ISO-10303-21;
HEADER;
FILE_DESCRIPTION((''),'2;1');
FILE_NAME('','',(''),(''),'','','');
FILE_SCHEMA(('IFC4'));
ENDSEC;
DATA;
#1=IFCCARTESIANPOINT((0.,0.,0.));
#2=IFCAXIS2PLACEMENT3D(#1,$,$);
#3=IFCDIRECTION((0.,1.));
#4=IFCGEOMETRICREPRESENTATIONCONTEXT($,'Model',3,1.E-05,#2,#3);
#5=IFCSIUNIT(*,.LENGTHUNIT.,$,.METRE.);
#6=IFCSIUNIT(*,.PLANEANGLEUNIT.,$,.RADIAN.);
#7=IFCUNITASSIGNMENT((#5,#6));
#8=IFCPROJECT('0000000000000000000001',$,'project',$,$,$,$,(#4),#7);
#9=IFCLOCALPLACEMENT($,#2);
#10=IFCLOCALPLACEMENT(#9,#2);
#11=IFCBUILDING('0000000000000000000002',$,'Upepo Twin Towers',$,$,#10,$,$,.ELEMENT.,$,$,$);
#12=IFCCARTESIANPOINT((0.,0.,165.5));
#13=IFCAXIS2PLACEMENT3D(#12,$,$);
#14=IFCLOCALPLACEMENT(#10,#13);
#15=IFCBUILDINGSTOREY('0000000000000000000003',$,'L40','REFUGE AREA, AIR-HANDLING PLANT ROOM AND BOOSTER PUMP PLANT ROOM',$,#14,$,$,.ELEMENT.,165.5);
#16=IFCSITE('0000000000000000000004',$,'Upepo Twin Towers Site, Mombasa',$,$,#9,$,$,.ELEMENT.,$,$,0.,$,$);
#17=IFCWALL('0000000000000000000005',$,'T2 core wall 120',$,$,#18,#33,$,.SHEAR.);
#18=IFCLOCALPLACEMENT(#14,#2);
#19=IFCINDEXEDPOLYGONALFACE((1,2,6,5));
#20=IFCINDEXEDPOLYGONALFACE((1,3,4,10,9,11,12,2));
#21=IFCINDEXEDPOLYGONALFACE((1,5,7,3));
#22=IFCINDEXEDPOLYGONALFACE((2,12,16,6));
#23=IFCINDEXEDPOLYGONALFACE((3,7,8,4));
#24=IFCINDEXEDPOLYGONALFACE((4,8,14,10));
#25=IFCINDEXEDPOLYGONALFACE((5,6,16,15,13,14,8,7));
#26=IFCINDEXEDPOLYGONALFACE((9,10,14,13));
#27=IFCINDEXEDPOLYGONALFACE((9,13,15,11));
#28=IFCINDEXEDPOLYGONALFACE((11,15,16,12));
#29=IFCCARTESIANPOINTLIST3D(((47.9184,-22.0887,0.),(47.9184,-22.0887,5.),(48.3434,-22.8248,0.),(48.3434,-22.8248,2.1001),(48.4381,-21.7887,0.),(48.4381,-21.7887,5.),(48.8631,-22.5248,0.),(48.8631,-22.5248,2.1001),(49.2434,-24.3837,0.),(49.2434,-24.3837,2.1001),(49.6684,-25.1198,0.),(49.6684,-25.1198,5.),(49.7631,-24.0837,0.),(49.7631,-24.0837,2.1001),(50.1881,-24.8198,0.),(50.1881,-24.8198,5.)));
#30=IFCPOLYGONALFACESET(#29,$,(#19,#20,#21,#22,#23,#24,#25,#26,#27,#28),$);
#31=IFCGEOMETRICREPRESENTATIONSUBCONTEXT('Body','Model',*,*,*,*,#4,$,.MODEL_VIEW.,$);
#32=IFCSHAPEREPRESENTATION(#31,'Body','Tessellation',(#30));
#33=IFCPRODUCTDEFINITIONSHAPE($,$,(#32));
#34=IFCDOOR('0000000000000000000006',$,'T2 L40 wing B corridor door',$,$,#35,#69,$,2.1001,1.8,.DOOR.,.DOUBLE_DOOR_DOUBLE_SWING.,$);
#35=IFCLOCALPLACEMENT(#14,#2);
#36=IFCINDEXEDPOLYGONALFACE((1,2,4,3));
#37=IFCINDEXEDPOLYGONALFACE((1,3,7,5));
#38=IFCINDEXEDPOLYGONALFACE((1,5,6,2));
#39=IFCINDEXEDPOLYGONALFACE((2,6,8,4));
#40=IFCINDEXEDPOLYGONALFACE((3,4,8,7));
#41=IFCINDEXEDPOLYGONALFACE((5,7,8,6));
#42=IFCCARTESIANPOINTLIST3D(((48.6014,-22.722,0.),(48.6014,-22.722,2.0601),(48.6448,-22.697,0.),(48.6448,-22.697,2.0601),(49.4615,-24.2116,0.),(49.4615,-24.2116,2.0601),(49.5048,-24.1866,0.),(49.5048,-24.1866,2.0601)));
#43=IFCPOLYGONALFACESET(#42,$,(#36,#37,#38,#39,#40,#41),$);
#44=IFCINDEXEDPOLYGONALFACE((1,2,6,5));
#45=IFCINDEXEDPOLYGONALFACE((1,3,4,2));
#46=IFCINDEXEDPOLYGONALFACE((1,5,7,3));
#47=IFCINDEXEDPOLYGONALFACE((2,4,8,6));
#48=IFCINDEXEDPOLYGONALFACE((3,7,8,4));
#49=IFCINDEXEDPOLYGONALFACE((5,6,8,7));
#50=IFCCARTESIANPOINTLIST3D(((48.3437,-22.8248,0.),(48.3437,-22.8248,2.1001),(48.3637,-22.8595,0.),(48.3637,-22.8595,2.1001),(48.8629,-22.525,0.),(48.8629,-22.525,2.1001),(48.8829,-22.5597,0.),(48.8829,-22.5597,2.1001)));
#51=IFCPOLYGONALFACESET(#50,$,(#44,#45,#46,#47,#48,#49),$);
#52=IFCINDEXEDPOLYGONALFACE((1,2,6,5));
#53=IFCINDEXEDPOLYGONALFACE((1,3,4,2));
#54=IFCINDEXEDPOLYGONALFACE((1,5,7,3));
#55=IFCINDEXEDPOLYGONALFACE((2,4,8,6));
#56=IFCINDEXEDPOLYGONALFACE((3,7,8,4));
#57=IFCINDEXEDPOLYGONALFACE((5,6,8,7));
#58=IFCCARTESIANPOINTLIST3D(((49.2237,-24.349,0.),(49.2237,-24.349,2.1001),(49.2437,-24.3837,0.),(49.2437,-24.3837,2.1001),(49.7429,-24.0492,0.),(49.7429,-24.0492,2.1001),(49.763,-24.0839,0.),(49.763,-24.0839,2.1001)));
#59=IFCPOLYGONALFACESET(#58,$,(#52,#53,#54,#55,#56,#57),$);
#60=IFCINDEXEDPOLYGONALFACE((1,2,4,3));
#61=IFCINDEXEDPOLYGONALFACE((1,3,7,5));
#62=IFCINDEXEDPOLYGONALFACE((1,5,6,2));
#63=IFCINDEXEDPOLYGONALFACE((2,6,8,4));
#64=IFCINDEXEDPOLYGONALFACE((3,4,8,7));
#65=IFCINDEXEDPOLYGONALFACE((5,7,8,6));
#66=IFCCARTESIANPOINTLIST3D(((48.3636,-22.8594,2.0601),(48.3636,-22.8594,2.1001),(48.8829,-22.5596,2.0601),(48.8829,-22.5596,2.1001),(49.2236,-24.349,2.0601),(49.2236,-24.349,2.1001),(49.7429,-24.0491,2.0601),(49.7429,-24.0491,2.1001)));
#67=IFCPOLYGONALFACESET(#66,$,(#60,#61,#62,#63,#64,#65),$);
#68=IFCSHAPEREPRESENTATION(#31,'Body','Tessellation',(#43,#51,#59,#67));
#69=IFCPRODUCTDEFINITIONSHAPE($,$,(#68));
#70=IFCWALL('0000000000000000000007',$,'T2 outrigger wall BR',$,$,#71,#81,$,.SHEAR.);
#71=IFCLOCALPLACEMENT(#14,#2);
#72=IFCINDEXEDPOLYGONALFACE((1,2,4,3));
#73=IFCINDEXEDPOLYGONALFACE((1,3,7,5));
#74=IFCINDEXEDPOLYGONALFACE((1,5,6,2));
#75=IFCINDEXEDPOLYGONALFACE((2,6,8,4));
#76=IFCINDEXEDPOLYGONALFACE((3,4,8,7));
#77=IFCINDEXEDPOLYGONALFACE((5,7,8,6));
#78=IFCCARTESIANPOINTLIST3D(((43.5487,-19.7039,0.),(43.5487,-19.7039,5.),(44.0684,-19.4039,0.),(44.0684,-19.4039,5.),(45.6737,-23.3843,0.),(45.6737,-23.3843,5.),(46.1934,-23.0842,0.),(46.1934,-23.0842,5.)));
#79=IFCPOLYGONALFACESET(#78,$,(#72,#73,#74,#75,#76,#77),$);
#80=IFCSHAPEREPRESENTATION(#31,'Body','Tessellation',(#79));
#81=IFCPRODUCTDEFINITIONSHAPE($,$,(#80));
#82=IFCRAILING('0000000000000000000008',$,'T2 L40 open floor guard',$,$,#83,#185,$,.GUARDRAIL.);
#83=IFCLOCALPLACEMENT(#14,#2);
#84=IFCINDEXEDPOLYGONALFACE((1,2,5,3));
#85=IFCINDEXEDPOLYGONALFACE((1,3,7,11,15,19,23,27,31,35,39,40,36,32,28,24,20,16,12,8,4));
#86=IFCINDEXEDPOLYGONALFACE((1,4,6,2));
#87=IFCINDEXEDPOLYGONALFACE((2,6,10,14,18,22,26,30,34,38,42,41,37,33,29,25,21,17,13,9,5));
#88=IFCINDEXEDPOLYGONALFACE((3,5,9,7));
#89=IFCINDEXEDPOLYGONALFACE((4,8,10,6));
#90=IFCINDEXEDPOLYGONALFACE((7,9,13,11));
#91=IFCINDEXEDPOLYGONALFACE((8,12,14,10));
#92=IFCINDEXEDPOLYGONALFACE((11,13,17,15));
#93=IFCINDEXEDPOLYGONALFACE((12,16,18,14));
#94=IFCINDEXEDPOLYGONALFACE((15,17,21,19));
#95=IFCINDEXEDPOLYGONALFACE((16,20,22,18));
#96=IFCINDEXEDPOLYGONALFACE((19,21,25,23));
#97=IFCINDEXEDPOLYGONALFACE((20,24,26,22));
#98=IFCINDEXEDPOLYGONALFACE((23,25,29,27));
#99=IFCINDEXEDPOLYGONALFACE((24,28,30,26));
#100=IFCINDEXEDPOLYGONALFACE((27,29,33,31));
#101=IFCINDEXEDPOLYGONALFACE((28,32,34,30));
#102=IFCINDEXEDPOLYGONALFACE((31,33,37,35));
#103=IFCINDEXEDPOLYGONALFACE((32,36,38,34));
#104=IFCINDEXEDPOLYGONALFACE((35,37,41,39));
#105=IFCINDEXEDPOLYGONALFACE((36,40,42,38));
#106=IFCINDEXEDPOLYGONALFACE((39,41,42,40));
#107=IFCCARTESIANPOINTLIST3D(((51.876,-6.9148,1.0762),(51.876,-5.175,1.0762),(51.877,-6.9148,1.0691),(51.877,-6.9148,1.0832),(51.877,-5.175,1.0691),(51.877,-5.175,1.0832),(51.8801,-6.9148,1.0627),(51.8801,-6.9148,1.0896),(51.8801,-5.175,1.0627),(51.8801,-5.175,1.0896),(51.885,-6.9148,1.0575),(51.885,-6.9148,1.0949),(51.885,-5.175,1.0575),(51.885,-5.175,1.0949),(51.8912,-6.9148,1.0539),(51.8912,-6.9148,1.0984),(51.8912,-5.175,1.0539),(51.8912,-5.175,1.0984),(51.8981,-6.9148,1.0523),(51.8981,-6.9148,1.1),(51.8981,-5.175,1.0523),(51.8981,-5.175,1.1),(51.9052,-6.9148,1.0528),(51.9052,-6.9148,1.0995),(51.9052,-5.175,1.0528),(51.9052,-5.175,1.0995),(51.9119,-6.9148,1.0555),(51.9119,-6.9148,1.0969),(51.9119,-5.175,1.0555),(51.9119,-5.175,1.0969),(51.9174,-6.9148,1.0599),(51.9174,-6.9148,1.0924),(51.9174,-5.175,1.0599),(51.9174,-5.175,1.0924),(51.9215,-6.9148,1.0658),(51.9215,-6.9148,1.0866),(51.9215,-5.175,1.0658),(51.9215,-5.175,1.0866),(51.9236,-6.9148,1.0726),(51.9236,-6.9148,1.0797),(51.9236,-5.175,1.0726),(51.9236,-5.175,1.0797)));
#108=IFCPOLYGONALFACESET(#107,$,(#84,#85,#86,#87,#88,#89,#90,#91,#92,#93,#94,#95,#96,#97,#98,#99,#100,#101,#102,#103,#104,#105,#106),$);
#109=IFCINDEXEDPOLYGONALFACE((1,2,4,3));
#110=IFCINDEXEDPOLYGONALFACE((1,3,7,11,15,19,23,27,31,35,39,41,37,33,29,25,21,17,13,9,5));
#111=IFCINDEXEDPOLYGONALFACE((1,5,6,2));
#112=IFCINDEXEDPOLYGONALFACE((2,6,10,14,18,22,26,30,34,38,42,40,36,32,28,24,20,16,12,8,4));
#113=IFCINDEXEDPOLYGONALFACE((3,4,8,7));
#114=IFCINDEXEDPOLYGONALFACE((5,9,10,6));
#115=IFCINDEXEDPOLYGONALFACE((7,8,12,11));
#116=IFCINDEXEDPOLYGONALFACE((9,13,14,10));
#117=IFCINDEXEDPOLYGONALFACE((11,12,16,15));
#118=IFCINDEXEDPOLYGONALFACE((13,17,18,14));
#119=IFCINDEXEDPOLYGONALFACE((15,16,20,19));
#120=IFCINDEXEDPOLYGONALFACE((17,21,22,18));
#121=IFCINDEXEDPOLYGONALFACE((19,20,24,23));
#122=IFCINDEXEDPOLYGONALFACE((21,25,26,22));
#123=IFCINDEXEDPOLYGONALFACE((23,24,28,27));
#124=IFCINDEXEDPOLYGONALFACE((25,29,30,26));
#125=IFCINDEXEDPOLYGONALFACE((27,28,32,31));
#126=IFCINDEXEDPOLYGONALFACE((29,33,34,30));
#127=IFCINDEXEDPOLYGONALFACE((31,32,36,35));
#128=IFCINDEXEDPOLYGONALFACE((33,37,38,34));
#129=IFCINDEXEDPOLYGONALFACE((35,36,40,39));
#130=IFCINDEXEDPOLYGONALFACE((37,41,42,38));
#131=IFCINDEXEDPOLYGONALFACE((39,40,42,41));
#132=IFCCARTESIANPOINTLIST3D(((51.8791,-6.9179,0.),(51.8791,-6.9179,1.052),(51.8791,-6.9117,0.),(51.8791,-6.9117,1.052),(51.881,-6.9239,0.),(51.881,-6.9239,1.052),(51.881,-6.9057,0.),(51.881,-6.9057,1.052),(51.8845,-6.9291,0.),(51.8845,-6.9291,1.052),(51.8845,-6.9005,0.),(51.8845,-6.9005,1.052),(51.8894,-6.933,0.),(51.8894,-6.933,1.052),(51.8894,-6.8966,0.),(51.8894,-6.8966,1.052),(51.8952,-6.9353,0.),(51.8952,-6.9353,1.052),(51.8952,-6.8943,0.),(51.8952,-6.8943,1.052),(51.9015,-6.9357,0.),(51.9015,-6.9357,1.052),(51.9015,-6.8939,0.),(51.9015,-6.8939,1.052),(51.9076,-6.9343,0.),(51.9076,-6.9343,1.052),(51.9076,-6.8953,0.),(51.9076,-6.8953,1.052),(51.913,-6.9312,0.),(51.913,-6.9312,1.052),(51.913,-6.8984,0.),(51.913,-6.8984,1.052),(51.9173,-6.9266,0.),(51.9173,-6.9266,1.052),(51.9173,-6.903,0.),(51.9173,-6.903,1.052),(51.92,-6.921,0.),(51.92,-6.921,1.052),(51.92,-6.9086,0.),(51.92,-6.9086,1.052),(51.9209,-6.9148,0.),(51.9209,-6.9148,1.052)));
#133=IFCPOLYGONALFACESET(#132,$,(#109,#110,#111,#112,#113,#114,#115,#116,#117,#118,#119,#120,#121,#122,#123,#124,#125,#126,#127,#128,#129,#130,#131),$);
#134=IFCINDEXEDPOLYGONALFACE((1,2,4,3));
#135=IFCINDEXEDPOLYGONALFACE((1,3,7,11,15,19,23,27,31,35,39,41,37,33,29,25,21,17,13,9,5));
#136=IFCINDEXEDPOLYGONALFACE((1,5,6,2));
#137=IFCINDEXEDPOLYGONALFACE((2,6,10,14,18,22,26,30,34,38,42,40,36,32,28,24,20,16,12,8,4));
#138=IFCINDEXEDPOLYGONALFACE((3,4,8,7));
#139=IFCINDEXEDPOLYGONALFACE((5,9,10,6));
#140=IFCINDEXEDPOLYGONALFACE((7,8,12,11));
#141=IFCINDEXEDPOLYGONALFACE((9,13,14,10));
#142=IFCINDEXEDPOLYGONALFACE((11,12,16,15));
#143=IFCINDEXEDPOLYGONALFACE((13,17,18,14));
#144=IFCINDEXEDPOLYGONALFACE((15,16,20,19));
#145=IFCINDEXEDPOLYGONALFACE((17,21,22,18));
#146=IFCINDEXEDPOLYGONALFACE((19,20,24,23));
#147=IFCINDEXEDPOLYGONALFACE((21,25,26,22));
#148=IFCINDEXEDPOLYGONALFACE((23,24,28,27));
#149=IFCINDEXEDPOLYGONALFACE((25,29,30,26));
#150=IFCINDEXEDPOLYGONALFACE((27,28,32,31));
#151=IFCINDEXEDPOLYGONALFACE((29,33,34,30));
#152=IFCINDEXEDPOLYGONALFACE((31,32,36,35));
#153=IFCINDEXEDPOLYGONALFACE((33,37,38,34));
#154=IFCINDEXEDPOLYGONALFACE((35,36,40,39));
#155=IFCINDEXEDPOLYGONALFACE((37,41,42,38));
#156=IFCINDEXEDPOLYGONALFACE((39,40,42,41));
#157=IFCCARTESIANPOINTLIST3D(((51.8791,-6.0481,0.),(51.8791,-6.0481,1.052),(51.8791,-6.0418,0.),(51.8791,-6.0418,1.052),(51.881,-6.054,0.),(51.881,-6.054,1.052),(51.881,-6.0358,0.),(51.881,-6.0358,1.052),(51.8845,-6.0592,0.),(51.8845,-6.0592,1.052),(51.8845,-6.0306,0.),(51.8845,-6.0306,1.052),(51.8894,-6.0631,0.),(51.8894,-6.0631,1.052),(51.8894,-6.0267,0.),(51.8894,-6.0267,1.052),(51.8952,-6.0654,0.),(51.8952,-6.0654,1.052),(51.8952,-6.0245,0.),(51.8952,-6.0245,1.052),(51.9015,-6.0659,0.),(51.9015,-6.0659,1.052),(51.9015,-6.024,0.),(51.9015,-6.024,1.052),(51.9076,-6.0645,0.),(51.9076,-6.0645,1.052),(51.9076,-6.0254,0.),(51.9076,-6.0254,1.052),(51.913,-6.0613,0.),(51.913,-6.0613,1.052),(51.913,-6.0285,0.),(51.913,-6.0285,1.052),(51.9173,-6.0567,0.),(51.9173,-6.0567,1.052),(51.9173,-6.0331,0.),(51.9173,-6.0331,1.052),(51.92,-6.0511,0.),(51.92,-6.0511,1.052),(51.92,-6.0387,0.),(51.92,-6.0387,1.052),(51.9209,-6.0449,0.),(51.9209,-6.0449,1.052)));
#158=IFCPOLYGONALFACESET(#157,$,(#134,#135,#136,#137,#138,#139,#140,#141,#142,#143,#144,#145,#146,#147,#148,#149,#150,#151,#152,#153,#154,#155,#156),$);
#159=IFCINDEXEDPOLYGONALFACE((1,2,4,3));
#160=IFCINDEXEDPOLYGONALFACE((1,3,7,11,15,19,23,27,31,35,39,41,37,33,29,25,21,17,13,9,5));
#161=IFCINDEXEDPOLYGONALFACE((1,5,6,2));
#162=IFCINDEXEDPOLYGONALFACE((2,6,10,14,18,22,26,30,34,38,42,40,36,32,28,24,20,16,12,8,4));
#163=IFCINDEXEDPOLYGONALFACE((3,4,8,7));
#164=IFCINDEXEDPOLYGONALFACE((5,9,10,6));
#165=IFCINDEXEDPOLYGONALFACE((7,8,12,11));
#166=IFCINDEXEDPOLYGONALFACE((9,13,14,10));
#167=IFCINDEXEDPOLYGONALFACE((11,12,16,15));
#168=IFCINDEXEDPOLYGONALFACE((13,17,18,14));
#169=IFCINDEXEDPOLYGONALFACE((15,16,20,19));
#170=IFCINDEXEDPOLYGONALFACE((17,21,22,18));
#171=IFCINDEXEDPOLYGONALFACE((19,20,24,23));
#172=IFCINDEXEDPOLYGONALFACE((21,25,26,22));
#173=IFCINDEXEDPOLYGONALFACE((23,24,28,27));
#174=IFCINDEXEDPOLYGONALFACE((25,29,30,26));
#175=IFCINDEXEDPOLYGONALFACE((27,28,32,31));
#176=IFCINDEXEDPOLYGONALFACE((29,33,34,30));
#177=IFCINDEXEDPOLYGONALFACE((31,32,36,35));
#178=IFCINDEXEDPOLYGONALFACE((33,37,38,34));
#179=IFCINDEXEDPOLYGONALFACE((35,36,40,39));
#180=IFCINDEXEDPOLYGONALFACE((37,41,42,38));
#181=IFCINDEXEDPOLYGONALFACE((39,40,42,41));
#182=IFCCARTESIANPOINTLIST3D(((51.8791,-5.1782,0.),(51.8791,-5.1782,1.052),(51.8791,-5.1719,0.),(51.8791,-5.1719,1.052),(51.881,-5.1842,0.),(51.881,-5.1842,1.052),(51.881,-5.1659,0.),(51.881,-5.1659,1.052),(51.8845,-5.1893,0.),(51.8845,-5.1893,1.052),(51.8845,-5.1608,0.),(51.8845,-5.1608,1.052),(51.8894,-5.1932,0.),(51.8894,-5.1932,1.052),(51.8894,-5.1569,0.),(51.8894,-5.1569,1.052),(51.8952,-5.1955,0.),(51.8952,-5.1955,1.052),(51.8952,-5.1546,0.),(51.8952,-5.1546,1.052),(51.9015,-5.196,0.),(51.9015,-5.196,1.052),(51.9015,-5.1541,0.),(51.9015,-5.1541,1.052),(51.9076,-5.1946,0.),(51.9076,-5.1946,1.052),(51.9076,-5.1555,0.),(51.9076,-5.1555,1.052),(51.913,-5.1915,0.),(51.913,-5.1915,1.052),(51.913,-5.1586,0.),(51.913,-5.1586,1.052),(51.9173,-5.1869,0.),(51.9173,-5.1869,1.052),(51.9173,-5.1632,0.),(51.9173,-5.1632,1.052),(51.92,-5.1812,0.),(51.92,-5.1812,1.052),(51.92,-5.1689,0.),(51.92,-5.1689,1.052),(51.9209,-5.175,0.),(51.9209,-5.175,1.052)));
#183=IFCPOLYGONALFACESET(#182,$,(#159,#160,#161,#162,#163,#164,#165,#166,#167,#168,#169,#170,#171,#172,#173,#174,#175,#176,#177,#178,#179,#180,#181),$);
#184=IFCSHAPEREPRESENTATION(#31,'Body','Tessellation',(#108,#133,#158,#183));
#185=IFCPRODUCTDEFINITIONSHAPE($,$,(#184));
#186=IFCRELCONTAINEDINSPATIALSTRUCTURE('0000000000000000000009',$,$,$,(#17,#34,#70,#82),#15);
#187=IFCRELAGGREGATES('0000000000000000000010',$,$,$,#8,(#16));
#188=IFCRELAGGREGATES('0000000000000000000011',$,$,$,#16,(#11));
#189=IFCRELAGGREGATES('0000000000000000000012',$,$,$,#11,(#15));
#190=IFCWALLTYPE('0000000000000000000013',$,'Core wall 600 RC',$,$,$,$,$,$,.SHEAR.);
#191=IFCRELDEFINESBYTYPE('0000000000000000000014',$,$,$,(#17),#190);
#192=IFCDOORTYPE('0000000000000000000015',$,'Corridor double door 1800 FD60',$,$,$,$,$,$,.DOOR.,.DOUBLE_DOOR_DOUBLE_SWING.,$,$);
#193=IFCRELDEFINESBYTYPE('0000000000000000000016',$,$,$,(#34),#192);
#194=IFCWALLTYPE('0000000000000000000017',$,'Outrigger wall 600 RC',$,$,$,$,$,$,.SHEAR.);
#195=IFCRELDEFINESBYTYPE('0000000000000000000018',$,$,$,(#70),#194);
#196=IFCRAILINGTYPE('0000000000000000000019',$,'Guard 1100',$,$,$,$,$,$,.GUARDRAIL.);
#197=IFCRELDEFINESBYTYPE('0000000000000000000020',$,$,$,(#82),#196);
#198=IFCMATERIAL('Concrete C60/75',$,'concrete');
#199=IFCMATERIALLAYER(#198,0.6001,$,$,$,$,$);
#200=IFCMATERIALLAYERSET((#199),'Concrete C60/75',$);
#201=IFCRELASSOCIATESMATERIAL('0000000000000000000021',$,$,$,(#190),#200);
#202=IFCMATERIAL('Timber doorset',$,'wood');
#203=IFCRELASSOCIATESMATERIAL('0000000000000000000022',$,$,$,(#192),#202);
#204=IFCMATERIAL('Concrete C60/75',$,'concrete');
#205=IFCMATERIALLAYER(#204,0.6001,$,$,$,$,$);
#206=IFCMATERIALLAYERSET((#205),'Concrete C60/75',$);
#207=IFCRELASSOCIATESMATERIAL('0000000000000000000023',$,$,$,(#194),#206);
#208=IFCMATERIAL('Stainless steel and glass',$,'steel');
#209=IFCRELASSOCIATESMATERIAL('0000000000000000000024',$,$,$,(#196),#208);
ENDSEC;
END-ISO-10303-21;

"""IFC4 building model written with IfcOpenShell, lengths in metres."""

from ifc_helpers import new_model, si_unit, direction, frame, frame_2d, origin, origin_2d, place, context, subcontext, project, spatial, rectangle, circle, extrude, material, layer, layer_set, type_object, element, fill, save


model = new_model("IFC4")

# Units and contexts
model_context = context("Model", 3, precision=1e-05, world=origin(), true_north=direction((0.0, 1.0)))
body_context = subcontext(model_context, "Body", "Model", "MODEL_VIEW")
ifc_project = project(units=[si_unit("LENGTHUNIT", "METRE"), si_unit("PLANEANGLEUNIT", "RADIAN")], contexts=[model_context])

# Site, building, storey
site_placement = place(None, origin())
site = spatial("IfcSite", under=ifc_project, at=site_placement, Name="Upepo Twin Towers Site, Mombasa", CompositionType="ELEMENT", RefElevation=0.0)
building_placement = place(site_placement, origin())
building = spatial("IfcBuilding", under=site, at=building_placement, Name="Upepo Twin Towers", CompositionType="ELEMENT")
storey_placement = place(building_placement, frame((0.0, 0.0, 165.5)))
storey = spatial("IfcBuildingStorey", under=building, at=storey_placement, Name="L40", Description="REFUGE AREA, AIR-HANDLING PLANT ROOM AND BOOSTER PUMP PLANT ROOM", CompositionType="ELEMENT", Elevation=165.5)

# Shared definitions
ifc_material_1 = material(Name="Concrete C60/75", Category="concrete")
ifc_layer_1 = layer(ifc_material_1, 0.6001)
ifc_layer_set_1 = layer_set([ifc_layer_1], Name="Concrete C60/75")
wall_type_1 = type_object("IfcWallType", Name="Core wall 600 RC", PredefinedType="SHEAR", material=ifc_layer_set_1)

# Wall, opening, door
wall_1_placement = place(storey_placement, frame((48.1782, -21.9387, 0.0), z_axis=(0.0, 0.0, 1.0), x_axis=(0.50001, -0.866019, 0.0)))
wall_1 = element("IfcWall", 1, at=wall_1_placement, inside=storey, type_object=wall_type_1, Name="T2 core wall 120", PredefinedType="SHEAR", context=body_context, shape_type="SweptSolid", body=[
    extrude(rectangle(XDim=3.5, YDim=0.6001, at=frame_2d((1.75, 0.0))), origin(), (0.0, 0.0, 1.0), 5.0),
])
opening_1_placement = place(wall_1_placement, frame((0.8501, 0.0, 0.0)))
opening_1 = element("IfcOpeningElement", 2, at=opening_1_placement, cuts=wall_1, PredefinedType="OPENING", context=body_context, shape_type="SweptSolid", body=[
    extrude(rectangle(XDim=1.8, YDim=2.1001, at=frame_2d((0.8999, 1.05))), frame((0.0, 0.3101, 0.0), z_axis=(0.0, -1.0, 0.0), x_axis=(1.0, 0.0, 0.0)), (0.0, 0.0, 1.0), 0.6201),
])
ifc_material_2 = material(Name="Timber doorset", Category="wood")
door_type_1 = type_object("IfcDoorType", Name="Corridor double door 1800 FD60", OperationType="DOUBLE_DOOR_DOUBLE_SWING", PredefinedType="DOOR", material=ifc_material_2)
door_1_placement = place(opening_1_placement, origin())
door_1 = element("IfcDoor", 3, at=door_1_placement, inside=storey, type_object=door_type_1, Name="T2 L40 wing B corridor door", OperationType="DOUBLE_DOOR_DOUBLE_SWING", OverallHeight=2.1001, OverallWidth=1.8, PredefinedType="DOOR", context=body_context, shape_type="SweptSolid", body=[
    extrude(rectangle(XDim=1.72, YDim=2.0601, at=frame_2d((0.8999, 1.03))), frame((0.0, 0.0249, 0.0), z_axis=(0.0, -1.0, 0.0), x_axis=(1.0, 0.0, 0.0)), (0.0, 0.0, 1.0), 0.05),
    extrude(rectangle(XDim=0.04, YDim=2.1001, at=frame_2d((0.02, 1.05))), frame((0.0, 0.2998, 0.0), z_axis=(0.0, -1.0, 0.0), x_axis=(1.0, 0.0, 0.0)), (0.0, 0.0, 1.0), 0.5996),
    extrude(rectangle(XDim=0.04, YDim=2.1001, at=frame_2d((1.78, 1.05))), frame((0.0, 0.2998, 0.0), z_axis=(0.0, -1.0, 0.0), x_axis=(1.0, 0.0, 0.0)), (0.0, 0.0, 1.0), 0.5996),
    extrude(rectangle(XDim=1.72, YDim=0.04, at=frame_2d((0.8999, 2.0801))), frame((0.0, 0.2998, 0.0), z_axis=(0.0, -1.0, 0.0), x_axis=(1.0, 0.0, 0.0)), (0.0, 0.0, 1.0), 0.5996),
])
fill(opening_1, door_1)

# Wall
ifc_material_3 = material(Name="Concrete C60/75", Category="concrete")
ifc_layer_2 = layer(ifc_material_3, 0.6001)
ifc_layer_set_2 = layer_set([ifc_layer_2], Name="Concrete C60/75")
wall_type_2 = type_object("IfcWallType", Name="Outrigger wall 600 RC", PredefinedType="SHEAR", material=ifc_layer_set_2)
wall_2_placement = place(storey_placement, frame((45.9336, -23.2344, 0.0), z_axis=(0.0, 0.0, 1.0), x_axis=(-0.500019, 0.866014, 0.0)))
element("IfcWall", 4, at=wall_2_placement, inside=storey, type_object=wall_type_2, Name="T2 outrigger wall BR", PredefinedType="SHEAR", context=body_context, shape_type="SweptSolid", body=[
    extrude(rectangle(XDim=4.2498, YDim=0.6001, at=frame_2d((2.125, 0.0))), origin(), (0.0, 0.0, 1.0), 5.0),
])

# Railing
ifc_material_4 = material(Name="Stainless steel and glass", Category="steel")
railing_type = type_object("IfcRailingType", Name="Guard 1100", PredefinedType="GUARDRAIL", material=ifc_material_4)
railing_1_placement = place(storey_placement, frame((51.8999, -6.9148, 0.0)))
element("IfcRailing", 5, at=railing_1_placement, inside=storey, type_object=railing_type, Name="T2 L40 open floor guard", PredefinedType="GUARDRAIL", context=body_context, shape_type="SweptSolid", body=[
    extrude(circle(Radius=0.0239, at=origin_2d()), frame((0.0, 0.0, 1.0762), z_axis=(0.0, 1.0, 0.0), x_axis=(-1.0, 0.0, 0.0)), (0.0, 0.0, 1.0), 1.7397),
    extrude(circle(Radius=0.021, at=origin_2d()), origin(), (0.0, 0.0, 1.0), 1.052),
    extrude(circle(Radius=0.021, at=origin_2d()), frame((0.0, 0.8699, 0.0)), (0.0, 0.0, 1.0), 1.052),
    extrude(circle(Radius=0.021, at=origin_2d()), frame((0.0, 1.7397, 0.0)), (0.0, 0.0, 1.0), 1.052),
])

save(model, "model.ifc")
